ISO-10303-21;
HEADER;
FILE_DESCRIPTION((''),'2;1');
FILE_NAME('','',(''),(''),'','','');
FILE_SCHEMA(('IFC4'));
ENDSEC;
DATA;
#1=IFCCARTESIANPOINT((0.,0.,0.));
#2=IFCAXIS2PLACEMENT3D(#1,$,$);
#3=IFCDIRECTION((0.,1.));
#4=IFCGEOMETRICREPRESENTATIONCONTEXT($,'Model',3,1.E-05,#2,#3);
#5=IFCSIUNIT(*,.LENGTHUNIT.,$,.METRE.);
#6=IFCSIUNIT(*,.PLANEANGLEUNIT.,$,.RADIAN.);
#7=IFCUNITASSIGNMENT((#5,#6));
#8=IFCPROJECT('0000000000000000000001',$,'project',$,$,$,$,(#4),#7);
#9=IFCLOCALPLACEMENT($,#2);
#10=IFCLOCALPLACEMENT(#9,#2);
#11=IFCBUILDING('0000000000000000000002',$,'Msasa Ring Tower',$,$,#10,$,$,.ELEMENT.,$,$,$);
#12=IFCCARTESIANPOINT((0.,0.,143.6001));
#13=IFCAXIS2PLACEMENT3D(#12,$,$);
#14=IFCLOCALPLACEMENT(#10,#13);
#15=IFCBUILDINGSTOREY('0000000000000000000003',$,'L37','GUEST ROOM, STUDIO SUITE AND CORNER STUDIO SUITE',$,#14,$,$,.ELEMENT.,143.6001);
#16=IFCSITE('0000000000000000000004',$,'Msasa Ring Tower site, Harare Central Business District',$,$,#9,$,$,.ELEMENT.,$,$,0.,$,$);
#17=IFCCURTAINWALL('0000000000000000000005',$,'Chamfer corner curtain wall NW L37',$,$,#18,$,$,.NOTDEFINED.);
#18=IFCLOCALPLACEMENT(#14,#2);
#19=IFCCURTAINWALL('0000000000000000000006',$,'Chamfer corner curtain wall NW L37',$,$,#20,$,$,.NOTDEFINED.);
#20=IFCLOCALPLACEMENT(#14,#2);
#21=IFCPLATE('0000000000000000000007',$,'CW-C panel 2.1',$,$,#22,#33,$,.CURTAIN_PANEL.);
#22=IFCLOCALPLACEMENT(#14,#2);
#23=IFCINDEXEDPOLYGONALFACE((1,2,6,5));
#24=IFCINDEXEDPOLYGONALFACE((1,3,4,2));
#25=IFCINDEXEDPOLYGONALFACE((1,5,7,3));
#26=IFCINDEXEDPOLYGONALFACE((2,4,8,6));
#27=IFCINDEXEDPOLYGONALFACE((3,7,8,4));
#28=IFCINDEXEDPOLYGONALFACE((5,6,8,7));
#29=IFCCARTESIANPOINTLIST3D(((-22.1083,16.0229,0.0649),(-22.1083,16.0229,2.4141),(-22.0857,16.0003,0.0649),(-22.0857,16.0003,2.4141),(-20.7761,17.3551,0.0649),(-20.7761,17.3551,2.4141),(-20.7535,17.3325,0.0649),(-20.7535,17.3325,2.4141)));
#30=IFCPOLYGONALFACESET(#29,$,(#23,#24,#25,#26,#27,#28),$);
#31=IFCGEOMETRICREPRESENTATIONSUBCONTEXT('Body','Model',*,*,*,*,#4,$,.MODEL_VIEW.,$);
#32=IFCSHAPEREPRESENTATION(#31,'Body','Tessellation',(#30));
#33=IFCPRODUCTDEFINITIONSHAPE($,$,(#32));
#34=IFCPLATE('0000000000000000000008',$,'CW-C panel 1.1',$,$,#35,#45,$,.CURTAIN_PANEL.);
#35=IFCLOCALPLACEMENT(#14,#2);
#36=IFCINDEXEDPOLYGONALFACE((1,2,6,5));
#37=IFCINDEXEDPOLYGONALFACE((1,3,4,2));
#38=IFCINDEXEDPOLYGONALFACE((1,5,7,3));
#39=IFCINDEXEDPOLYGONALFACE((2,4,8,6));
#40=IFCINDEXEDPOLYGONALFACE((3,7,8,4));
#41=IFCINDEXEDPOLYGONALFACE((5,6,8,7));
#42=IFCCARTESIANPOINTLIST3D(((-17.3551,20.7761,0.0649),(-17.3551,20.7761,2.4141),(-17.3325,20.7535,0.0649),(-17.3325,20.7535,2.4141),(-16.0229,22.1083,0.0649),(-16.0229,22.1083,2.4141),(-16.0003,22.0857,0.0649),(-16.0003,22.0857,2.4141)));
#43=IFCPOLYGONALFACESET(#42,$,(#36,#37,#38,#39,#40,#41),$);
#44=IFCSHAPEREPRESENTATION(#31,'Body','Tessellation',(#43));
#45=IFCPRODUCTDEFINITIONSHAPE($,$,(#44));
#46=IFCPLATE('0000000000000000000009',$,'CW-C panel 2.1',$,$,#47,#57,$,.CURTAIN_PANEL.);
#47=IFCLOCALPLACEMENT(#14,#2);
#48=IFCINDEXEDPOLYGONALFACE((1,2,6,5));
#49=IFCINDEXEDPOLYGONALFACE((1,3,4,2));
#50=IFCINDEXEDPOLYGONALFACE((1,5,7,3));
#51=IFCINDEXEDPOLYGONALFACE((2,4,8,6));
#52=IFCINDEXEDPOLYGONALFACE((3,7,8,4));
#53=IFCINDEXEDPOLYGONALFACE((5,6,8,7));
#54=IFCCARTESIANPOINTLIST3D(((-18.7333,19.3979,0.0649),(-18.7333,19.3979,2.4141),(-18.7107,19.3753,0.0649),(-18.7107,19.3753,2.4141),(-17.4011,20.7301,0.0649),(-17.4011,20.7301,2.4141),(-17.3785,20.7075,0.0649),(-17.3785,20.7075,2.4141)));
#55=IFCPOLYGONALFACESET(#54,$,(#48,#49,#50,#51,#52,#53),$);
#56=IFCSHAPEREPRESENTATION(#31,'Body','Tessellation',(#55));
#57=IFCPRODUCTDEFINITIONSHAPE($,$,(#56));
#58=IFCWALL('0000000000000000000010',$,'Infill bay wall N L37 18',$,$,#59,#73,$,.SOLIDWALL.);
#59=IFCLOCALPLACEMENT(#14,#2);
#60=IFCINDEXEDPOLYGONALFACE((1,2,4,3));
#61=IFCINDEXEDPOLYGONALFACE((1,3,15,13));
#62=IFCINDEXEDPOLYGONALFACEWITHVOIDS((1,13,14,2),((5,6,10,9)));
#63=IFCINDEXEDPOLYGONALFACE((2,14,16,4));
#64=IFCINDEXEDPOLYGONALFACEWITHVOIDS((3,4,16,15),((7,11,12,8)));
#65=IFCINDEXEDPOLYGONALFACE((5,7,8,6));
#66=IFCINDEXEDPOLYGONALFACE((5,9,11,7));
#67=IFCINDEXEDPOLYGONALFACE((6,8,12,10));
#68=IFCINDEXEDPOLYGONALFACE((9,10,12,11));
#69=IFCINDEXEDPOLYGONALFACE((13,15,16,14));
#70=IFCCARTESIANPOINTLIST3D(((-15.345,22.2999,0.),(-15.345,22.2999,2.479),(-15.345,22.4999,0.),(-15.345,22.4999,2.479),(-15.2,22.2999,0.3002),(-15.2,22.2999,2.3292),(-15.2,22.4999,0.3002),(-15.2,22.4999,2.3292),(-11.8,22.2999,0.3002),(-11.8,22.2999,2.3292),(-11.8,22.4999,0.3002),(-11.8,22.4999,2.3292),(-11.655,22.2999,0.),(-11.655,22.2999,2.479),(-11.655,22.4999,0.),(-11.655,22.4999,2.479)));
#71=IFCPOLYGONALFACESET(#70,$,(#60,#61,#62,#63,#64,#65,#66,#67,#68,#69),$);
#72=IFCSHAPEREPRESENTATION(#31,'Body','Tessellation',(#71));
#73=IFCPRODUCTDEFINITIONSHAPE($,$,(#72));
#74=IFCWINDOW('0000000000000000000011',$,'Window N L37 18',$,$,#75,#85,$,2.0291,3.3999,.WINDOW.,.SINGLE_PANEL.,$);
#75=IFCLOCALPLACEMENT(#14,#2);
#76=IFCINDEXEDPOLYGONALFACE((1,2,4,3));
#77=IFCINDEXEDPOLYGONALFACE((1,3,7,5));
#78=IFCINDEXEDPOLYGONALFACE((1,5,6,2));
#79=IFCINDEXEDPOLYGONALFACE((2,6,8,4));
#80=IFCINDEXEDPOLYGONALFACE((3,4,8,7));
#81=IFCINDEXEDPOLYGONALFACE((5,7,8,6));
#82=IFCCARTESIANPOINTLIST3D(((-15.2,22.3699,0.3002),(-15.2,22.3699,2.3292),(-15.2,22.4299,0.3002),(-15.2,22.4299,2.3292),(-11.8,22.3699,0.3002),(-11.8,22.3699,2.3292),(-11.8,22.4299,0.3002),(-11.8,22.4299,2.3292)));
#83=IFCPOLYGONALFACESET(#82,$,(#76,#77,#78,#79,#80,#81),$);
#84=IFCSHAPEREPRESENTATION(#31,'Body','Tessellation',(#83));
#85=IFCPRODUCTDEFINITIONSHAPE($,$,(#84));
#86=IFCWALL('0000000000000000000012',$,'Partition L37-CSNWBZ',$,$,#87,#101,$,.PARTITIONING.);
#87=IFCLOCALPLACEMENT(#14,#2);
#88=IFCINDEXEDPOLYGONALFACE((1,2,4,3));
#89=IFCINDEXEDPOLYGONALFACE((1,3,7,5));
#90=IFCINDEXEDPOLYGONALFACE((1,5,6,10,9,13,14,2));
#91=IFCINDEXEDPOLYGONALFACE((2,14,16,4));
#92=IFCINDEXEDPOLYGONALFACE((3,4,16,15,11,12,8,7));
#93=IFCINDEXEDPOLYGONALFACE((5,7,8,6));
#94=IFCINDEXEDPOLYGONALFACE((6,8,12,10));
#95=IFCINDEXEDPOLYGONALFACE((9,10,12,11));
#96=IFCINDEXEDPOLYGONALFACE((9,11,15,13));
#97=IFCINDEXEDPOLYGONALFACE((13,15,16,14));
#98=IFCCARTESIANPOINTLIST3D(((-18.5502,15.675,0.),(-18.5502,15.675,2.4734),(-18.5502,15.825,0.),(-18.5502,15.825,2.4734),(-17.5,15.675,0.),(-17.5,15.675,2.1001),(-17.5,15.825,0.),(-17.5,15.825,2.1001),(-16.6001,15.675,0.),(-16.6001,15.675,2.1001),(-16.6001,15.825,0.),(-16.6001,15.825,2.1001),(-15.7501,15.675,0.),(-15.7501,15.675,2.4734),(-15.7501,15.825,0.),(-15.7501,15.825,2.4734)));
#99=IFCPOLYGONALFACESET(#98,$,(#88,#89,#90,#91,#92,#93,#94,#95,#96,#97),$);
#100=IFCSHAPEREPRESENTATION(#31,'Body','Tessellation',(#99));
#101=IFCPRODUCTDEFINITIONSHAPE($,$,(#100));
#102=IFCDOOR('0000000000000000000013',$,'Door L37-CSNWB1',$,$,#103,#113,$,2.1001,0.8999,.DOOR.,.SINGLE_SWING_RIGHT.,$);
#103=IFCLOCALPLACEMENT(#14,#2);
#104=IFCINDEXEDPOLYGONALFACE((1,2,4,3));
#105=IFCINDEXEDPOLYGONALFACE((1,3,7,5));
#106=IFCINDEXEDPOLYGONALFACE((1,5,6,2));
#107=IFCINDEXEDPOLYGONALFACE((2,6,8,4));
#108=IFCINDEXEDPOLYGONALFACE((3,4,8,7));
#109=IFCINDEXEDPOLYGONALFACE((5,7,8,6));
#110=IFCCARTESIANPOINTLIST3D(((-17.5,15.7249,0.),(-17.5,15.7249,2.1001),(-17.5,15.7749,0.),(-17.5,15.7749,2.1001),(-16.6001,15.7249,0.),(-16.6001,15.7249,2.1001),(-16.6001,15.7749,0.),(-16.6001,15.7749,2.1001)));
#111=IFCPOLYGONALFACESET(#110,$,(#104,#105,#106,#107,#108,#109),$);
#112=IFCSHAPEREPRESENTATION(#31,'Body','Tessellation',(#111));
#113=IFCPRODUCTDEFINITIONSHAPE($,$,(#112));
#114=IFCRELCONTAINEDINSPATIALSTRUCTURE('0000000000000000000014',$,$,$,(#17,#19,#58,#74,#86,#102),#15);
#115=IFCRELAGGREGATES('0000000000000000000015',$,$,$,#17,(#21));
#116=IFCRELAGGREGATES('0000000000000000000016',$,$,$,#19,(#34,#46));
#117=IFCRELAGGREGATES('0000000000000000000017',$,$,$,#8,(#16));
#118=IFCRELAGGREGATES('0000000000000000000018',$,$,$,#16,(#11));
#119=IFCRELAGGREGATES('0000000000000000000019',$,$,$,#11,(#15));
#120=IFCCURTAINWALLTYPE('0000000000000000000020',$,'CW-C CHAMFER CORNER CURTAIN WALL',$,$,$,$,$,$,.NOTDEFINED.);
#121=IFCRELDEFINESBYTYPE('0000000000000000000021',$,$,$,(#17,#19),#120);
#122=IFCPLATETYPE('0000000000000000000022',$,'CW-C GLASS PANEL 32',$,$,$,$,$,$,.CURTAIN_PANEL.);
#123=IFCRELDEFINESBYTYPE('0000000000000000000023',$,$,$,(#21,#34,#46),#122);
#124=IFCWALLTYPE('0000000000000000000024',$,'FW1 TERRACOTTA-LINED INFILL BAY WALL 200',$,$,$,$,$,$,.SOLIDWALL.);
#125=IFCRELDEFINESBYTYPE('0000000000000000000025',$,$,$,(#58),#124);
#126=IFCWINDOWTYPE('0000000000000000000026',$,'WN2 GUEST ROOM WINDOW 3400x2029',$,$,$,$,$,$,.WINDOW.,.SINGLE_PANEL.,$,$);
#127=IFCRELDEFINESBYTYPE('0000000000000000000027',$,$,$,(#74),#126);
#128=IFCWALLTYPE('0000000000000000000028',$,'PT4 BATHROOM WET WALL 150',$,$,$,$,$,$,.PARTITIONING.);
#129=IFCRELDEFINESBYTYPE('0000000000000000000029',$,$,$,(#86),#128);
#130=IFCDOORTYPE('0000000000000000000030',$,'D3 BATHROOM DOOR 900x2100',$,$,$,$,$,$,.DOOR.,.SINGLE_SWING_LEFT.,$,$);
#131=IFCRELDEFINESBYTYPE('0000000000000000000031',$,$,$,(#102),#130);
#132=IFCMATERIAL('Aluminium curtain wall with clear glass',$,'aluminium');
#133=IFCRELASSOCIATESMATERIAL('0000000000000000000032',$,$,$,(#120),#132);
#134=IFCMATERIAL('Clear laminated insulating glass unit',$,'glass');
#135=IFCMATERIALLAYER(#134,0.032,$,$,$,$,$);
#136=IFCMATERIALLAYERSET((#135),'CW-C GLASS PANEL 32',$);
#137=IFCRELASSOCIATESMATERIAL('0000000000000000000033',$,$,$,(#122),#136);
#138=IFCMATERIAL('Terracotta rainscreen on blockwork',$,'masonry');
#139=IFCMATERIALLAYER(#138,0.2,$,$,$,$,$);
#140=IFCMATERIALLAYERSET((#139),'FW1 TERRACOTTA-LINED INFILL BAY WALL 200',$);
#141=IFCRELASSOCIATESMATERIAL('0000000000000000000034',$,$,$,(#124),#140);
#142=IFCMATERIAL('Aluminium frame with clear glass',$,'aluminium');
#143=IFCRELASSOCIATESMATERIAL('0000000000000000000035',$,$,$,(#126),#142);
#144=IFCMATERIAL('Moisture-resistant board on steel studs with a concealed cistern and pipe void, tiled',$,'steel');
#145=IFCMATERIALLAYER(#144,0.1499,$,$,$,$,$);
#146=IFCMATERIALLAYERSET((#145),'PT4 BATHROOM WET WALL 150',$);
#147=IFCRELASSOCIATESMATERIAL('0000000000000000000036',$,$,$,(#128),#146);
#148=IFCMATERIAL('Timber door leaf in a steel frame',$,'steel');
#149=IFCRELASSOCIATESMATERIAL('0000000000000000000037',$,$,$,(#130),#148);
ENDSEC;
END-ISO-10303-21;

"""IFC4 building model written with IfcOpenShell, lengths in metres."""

from ifc_helpers import new_model, si_unit, direction, frame, frame_2d, origin, origin_2d, place, context, subcontext, project, spatial, rectangle, extrude, material, layer, layer_set, type_object, element, fill, aggregate, save


model = new_model("IFC4")

# Units and contexts
model_context = context("Model", 3, precision=1e-05, world=origin(), true_north=direction((0.0, 1.0)))
body_context = subcontext(model_context, "Body", "Model", "MODEL_VIEW")
ifc_project = project(units=[si_unit("LENGTHUNIT", "METRE"), si_unit("PLANEANGLEUNIT", "RADIAN")], contexts=[model_context])

# Site, building, storey
site_placement = place(None, origin())
site = spatial("IfcSite", under=ifc_project, at=site_placement, Name="Msasa Ring Tower site, Harare Central Business District", CompositionType="ELEMENT", RefElevation=0.0)
building_placement = place(site_placement, origin())
building = spatial("IfcBuilding", under=site, at=building_placement, Name="Msasa Ring Tower", CompositionType="ELEMENT")
storey_placement = place(building_placement, frame((0.0, 0.0, 143.6001)))
storey = spatial("IfcBuildingStorey", under=building, at=storey_placement, Name="L37", Description="GUEST ROOM, STUDIO SUITE AND CORNER STUDIO SUITE", CompositionType="ELEMENT", Elevation=143.6001)

# Curtain walls
ifc_material_1 = material(Name="Aluminium curtain wall with clear glass", Category="aluminium")
curtain_wall_type = type_object("IfcCurtainWallType", Name="CW-C CHAMFER CORNER CURTAIN WALL", PredefinedType="NOTDEFINED", material=ifc_material_1)
curtain_wall_1_placement = place(storey_placement, origin())
curtain_wall_1 = element("IfcCurtainWall", 1, at=curtain_wall_1_placement, inside=storey, type_object=curtain_wall_type, Name="Chamfer corner curtain wall NW L37", PredefinedType="NOTDEFINED")
curtain_wall_2_placement = place(storey_placement, origin())
curtain_wall_2 = element("IfcCurtainWall", 2, at=curtain_wall_2_placement, inside=storey, type_object=curtain_wall_type, Name="Chamfer corner curtain wall NW L37", PredefinedType="NOTDEFINED")

# Plates
ifc_material_2 = material(Name="Clear laminated insulating glass unit", Category="glass")
ifc_layer_1 = layer(ifc_material_2, 0.032)
ifc_layer_set_1 = layer_set([ifc_layer_1], Name="CW-C GLASS PANEL 32")
plate_type = type_object("IfcPlateType", Name="CW-C GLASS PANEL 32", PredefinedType="CURTAIN_PANEL", material=ifc_layer_set_1)
plate_1_placement = place(storey_placement, frame((-21.4309, 16.6777, 0.0649), z_axis=(0.0, 0.0, 1.0), x_axis=(-0.707107, -0.707107, 0.0)))
plate_1 = element("IfcPlate", 3, at=plate_1_placement, type_object=plate_type, Name="CW-C panel 2.1", PredefinedType="CURTAIN_PANEL", context=body_context, shape_type="SweptSolid", body=[
    extrude(rectangle(XDim=1.884, YDim=0.032, at=origin_2d()), origin(), (0.0, 0.0, 1.0), 2.3491),
])
aggregate(curtain_wall_1, [plate_1])
plate_2_placement = place(storey_placement, frame((-16.6777, 21.4309, 0.0649), z_axis=(0.0, 0.0, 1.0), x_axis=(-0.707107, -0.707107, 0.0)))
plate_2 = element("IfcPlate", 4, at=plate_2_placement, type_object=plate_type, Name="CW-C panel 1.1", PredefinedType="CURTAIN_PANEL", context=body_context, shape_type="SweptSolid", body=[
    extrude(rectangle(XDim=1.884, YDim=0.032, at=origin_2d()), origin(), (0.0, 0.0, 1.0), 2.3491),
])
plate_3_placement = place(storey_placement, frame((-18.0559, 20.0527, 0.0649), z_axis=(0.0, 0.0, 1.0), x_axis=(-0.707107, -0.707107, 0.0)))
plate_3 = element("IfcPlate", 5, at=plate_3_placement, type_object=plate_type, Name="CW-C panel 2.1", PredefinedType="CURTAIN_PANEL", context=body_context, shape_type="SweptSolid", body=[
    extrude(rectangle(XDim=1.884, YDim=0.032, at=origin_2d()), origin(), (0.0, 0.0, 1.0), 2.3491),
])
aggregate(curtain_wall_2, [plate_2, plate_3])

# Wall, opening, window
ifc_material_3 = material(Name="Terracotta rainscreen on blockwork", Category="masonry")
ifc_layer_2 = layer(ifc_material_3, 0.2)
ifc_layer_set_2 = layer_set([ifc_layer_2], Name="FW1 TERRACOTTA-LINED INFILL BAY WALL 200")
wall_type_1 = type_object("IfcWallType", Name="FW1 TERRACOTTA-LINED INFILL BAY WALL 200", PredefinedType="SOLIDWALL", material=ifc_layer_set_2)
wall_1_placement = place(storey_placement, frame((-15.345, 22.3999, 0.0), z_axis=(0.0, 0.0, 1.0), x_axis=(1.0, 0.0, 0.0)))
wall_1 = element("IfcWall", 6, at=wall_1_placement, inside=storey, type_object=wall_type_1, Name="Infill bay wall N L37 18", PredefinedType="SOLIDWALL", context=body_context, shape_type="SweptSolid", body=[
    extrude(rectangle(XDim=3.6899, YDim=0.2, at=frame_2d((1.845, 0.0))), origin(), (0.0, 0.0, 1.0), 2.479),
])
opening_1_placement = place(wall_1_placement, frame((0.145, 0.0, 0.3)))
opening_1 = element("IfcOpeningElement", 7, at=opening_1_placement, cuts=wall_1, PredefinedType="OPENING", context=body_context, shape_type="SweptSolid", body=[
    extrude(rectangle(XDim=3.3999, YDim=2.0291, at=frame_2d((1.7, 1.0146))), frame((0.0, 0.1099, 0.0), z_axis=(0.0, -1.0, 0.0), x_axis=(1.0, 0.0, 0.0)), (0.0, 0.0, 1.0), 0.22),
])
ifc_material_4 = material(Name="Aluminium frame with clear glass", Category="aluminium")
window_type = type_object("IfcWindowType", Name="WN2 GUEST ROOM WINDOW 3400x2029", PartitioningType="SINGLE_PANEL", PredefinedType="WINDOW", material=ifc_material_4)
window_placement = place(opening_1_placement, origin())
window = element("IfcWindow", 8, at=window_placement, inside=storey, type_object=window_type, Name="Window N L37 18", OverallHeight=2.0291, OverallWidth=3.3999, PartitioningType="SINGLE_PANEL", PredefinedType="WINDOW", context=body_context, shape_type="SweptSolid", body=[
    extrude(rectangle(XDim=3.3999, YDim=2.0291, at=frame_2d((1.7, 1.0146))), frame((0.0, 0.03, 0.0), z_axis=(0.0, -1.0, 0.0), x_axis=(1.0, 0.0, 0.0)), (0.0, 0.0, 1.0), 0.0601),
])
fill(opening_1, window)

# Wall, opening, door
ifc_material_5 = material(Name="Moisture-resistant board on steel studs with a concealed cistern and pipe void, tiled", Category="steel")
ifc_layer_3 = layer(ifc_material_5, 0.1499)
ifc_layer_set_3 = layer_set([ifc_layer_3], Name="PT4 BATHROOM WET WALL 150")
wall_type_2 = type_object("IfcWallType", Name="PT4 BATHROOM WET WALL 150", PredefinedType="PARTITIONING", material=ifc_layer_set_3)
wall_2_placement = place(storey_placement, frame((-18.55, 15.75, 0.0), z_axis=(0.0, 0.0, 1.0), x_axis=(1.0, 0.0, 0.0)))
wall_2 = element("IfcWall", 9, at=wall_2_placement, inside=storey, type_object=wall_type_2, Name="Partition L37-CSNWBZ", PredefinedType="PARTITIONING", context=body_context, shape_type="SweptSolid", body=[
    extrude(rectangle(XDim=2.8, YDim=0.1499, at=frame_2d((1.3999, 0.0))), origin(), (0.0, 0.0, 1.0), 2.4734),
])
opening_2_placement = place(wall_2_placement, frame((1.05, 0.0, 0.0)))
opening_2 = element("IfcOpeningElement", 10, at=opening_2_placement, cuts=wall_2, PredefinedType="OPENING", context=body_context, shape_type="SweptSolid", body=[
    extrude(rectangle(XDim=0.8999, YDim=2.1001, at=frame_2d((0.45, 1.05))), frame((0.0, 0.085, 0.0), z_axis=(0.0, -1.0, 0.0), x_axis=(1.0, 0.0, 0.0)), (0.0, 0.0, 1.0), 0.1699),
])
ifc_material_6 = material(Name="Timber door leaf in a steel frame", Category="steel")
door_type = type_object("IfcDoorType", Name="D3 BATHROOM DOOR 900x2100", OperationType="SINGLE_SWING_LEFT", PredefinedType="DOOR", material=ifc_material_6)
door_placement = place(opening_2_placement, origin())
door = element("IfcDoor", 11, at=door_placement, inside=storey, type_object=door_type, Name="Door L37-CSNWB1", OperationType="SINGLE_SWING_RIGHT", OverallHeight=2.1001, OverallWidth=0.8999, PredefinedType="DOOR", context=body_context, shape_type="SweptSolid", body=[
    extrude(rectangle(XDim=0.8999, YDim=2.1001, at=frame_2d((0.45, 1.05))), frame((0.0, 0.0249, 0.0), z_axis=(0.0, -1.0, 0.0), x_axis=(1.0, 0.0, 0.0)), (0.0, 0.0, 1.0), 0.05),
])
fill(opening_2, door)

save(model, "model.ifc")
